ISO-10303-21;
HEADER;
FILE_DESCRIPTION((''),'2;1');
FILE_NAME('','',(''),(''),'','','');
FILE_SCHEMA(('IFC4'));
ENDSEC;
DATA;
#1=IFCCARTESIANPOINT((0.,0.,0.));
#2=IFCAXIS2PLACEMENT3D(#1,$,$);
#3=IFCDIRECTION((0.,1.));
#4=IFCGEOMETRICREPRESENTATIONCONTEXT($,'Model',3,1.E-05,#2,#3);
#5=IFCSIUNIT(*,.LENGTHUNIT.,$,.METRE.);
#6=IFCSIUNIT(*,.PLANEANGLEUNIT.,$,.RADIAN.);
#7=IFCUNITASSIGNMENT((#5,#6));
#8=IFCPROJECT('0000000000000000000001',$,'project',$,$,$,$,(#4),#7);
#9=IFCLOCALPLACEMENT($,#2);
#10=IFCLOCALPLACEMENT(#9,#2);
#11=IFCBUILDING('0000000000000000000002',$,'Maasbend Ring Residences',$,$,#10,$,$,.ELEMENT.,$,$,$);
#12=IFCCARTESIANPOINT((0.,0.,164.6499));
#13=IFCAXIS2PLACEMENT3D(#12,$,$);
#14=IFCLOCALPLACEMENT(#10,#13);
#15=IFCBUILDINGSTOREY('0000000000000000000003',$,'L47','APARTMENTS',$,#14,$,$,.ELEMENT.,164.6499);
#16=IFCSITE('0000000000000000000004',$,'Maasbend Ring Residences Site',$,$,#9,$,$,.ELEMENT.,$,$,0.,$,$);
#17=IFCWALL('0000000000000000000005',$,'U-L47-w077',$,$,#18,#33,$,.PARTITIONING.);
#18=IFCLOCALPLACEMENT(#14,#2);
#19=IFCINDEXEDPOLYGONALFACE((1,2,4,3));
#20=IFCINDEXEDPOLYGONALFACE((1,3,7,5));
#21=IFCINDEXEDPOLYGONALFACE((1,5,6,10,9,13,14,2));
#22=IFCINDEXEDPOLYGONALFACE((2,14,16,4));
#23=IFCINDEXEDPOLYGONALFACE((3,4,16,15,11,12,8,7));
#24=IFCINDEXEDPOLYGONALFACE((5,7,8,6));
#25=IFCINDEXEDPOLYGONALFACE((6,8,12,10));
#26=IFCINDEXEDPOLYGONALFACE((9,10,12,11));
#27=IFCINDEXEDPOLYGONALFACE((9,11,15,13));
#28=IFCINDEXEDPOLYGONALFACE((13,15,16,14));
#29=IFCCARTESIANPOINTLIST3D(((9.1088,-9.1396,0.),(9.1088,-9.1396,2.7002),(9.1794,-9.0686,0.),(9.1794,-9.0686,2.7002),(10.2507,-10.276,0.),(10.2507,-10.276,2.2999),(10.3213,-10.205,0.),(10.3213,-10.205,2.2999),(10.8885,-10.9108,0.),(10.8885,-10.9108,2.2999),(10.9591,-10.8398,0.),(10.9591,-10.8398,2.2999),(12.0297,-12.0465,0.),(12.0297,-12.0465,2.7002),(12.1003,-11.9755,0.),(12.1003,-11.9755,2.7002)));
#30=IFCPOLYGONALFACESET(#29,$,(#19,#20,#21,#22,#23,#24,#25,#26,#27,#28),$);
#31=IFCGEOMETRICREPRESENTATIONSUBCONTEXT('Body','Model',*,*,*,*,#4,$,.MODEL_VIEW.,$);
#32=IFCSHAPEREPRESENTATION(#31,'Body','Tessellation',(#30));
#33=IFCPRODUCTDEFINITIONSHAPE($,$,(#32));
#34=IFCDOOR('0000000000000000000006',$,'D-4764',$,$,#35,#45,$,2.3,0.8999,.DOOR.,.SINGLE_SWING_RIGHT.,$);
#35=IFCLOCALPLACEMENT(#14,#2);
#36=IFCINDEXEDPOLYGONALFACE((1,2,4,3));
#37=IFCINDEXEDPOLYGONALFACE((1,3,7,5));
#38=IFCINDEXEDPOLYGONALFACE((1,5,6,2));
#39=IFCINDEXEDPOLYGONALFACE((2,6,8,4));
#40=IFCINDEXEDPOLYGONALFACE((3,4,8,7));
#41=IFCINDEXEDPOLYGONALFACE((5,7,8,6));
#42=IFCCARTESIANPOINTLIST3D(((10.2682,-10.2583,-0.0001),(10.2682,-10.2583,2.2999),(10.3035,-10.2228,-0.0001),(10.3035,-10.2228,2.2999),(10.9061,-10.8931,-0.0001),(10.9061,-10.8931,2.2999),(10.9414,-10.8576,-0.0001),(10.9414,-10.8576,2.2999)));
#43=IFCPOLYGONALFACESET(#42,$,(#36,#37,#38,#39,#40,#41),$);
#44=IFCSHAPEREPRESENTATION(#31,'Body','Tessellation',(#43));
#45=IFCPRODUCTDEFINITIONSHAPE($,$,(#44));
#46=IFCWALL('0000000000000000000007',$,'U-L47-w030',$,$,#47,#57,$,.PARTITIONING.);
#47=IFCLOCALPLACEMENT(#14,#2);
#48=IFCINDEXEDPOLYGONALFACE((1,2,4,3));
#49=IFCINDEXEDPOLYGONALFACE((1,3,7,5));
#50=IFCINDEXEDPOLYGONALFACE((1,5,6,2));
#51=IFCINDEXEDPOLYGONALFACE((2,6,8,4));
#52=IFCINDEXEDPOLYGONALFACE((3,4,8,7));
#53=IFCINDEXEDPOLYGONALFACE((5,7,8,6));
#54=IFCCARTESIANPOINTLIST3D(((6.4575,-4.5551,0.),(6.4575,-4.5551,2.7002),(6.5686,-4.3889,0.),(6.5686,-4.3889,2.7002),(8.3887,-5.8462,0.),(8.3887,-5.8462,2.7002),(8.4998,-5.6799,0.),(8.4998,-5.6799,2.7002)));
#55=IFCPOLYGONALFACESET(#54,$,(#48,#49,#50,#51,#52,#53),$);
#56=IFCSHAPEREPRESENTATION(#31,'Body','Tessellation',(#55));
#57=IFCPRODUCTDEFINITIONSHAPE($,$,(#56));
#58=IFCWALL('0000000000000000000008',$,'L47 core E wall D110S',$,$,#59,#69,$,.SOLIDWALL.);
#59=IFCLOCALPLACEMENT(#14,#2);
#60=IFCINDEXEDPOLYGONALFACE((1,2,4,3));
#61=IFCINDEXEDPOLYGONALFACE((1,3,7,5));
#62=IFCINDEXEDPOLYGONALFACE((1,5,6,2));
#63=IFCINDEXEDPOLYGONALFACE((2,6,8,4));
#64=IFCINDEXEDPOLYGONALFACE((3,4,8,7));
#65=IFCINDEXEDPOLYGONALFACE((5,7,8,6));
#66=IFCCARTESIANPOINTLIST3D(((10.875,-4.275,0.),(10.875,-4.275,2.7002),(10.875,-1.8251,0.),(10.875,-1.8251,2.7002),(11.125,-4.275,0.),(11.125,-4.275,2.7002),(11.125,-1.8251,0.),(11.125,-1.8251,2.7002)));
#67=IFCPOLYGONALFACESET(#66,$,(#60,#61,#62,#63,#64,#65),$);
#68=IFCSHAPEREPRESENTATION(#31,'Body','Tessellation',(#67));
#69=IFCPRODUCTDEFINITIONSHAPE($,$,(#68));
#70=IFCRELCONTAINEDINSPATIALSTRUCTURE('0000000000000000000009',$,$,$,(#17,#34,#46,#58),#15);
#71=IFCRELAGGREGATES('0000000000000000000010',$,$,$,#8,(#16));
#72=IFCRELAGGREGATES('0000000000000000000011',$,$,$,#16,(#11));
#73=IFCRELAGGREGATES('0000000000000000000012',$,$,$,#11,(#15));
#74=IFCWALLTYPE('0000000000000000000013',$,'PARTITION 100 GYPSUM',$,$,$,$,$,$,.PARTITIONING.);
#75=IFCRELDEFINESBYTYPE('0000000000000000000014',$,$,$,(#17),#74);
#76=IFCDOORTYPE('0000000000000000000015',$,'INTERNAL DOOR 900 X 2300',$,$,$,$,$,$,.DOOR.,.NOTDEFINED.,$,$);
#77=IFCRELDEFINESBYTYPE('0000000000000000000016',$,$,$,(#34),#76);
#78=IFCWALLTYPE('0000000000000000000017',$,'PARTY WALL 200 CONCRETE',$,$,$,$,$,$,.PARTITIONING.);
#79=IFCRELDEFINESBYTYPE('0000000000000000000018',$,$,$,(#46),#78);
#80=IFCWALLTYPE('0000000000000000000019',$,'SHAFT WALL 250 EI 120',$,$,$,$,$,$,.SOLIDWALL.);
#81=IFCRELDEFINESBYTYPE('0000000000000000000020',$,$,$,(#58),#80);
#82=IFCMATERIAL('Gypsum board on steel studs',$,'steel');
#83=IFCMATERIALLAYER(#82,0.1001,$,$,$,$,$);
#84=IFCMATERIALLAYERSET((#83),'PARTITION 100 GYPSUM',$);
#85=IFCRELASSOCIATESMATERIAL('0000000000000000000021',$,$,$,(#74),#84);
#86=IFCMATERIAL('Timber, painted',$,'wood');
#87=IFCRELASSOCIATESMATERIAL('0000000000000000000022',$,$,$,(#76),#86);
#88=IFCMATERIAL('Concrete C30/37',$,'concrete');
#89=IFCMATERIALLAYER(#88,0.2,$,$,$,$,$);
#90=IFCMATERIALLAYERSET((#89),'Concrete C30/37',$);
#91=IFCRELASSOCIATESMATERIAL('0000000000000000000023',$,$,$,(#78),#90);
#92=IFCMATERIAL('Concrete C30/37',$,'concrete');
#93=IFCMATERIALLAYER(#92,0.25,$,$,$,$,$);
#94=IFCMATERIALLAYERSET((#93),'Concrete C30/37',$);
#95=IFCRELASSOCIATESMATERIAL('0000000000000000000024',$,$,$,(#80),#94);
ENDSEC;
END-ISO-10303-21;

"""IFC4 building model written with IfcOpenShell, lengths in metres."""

from ifc_helpers import new_model, si_unit, direction, frame, frame_2d, origin, place, context, subcontext, project, spatial, rectangle, extrude, material, layer, layer_set, type_object, element, fill, save


model = new_model("IFC4")

# Units and contexts
model_context = context("Model", 3, precision=1e-05, world=origin(), true_north=direction((0.0, 1.0)))
body_context = subcontext(model_context, "Body", "Model", "MODEL_VIEW")
ifc_project = project(units=[si_unit("LENGTHUNIT", "METRE"), si_unit("PLANEANGLEUNIT", "RADIAN")], contexts=[model_context])

# Site, building, storey
site_placement = place(None, origin())
site = spatial("IfcSite", under=ifc_project, at=site_placement, Name="Maasbend Ring Residences Site", CompositionType="ELEMENT", RefElevation=0.0)
building_placement = place(site_placement, origin())
building = spatial("IfcBuilding", under=site, at=building_placement, Name="Maasbend Ring Residences", CompositionType="ELEMENT")
storey_placement = place(building_placement, frame((0.0, 0.0, 164.6499)))
storey = spatial("IfcBuildingStorey", under=building, at=storey_placement, Name="L47", Description="APARTMENTS", CompositionType="ELEMENT", Elevation=164.6499)

# Shared definitions
ifc_material_1 = material(Name="Gypsum board on steel studs", Category="steel")
ifc_layer_1 = layer(ifc_material_1, 0.1001)
ifc_layer_set_1 = layer_set([ifc_layer_1], Name="PARTITION 100 GYPSUM")
wall_type_1 = type_object("IfcWallType", Name="PARTITION 100 GYPSUM", PredefinedType="PARTITIONING", material=ifc_layer_set_1)

# Wall, opening, door
ifc_material_2 = material(Name="Timber, painted", Category="wood")
door_type_1 = type_object("IfcDoorType", Name="INTERNAL DOOR 900 X 2300", OperationType="NOTDEFINED", PredefinedType="DOOR", material=ifc_material_2)
wall_1_placement = place(storey_placement, frame((9.144, -9.104, 0.0), z_axis=(0.0, 0.0, 1.0), x_axis=(0.708793, -0.705416, 0.0)))
wall_1 = element("IfcWall", 1, at=wall_1_placement, inside=storey, type_object=wall_type_1, Name="U-L47-w077", PredefinedType="PARTITIONING", context=body_context, shape_type="SweptSolid", body=[
    extrude(rectangle(XDim=4.1208, YDim=0.1001, at=frame_2d((2.0605, 0.0))), origin(), (0.0, 0.0, 1.0), 2.7002),
])
opening_1_placement = place(wall_1_placement, frame((1.6111, 0.0, 0.0)))
opening_1 = element("IfcOpeningElement", 2, at=opening_1_placement, cuts=wall_1, PredefinedType="OPENING", context=body_context, shape_type="SweptSolid", body=[
    extrude(rectangle(XDim=0.8999, YDim=2.3, at=frame_2d((0.45, 1.1499))), frame((0.0, 0.0601, 0.0), z_axis=(0.0, -1.0, 0.0), x_axis=(1.0, 0.0, 0.0)), (0.0, 0.0, 1.0), 0.1201),
])
door_1_placement = place(opening_1_placement, origin())
door_1 = element("IfcDoor", 3, at=door_1_placement, inside=storey, type_object=door_type_1, Name="D-4764", OperationType="SINGLE_SWING_RIGHT", OverallHeight=2.3, OverallWidth=0.8999, PredefinedType="DOOR", context=body_context, shape_type="SweptSolid", body=[
    extrude(rectangle(XDim=0.8999, YDim=2.3, at=frame_2d((0.45, 1.1499))), frame((0.0, 0.0249, 0.0), z_axis=(0.0, -1.0, 0.0), x_axis=(1.0, 0.0, 0.0)), (0.0, 0.0, 1.0), 0.05),
])
fill(opening_1, door_1)

# Walls
ifc_material_3 = material(Name="Concrete C30/37", Category="concrete")
ifc_layer_2 = layer(ifc_material_3, 0.2)
ifc_layer_set_2 = layer_set([ifc_layer_2], Name="Concrete C30/37")
wall_type_2 = type_object("IfcWallType", Name="PARTY WALL 200 CONCRETE", PredefinedType="PARTITIONING", material=ifc_layer_set_2)
wall_2_placement = place(storey_placement, frame((6.5129, -4.4719, 0.0), z_axis=(0.0, 0.0, 1.0), x_axis=(0.831338, -0.555767, 0.0)))
element("IfcWall", 4, at=wall_2_placement, inside=storey, type_object=wall_type_2, Name="U-L47-w030", PredefinedType="PARTITIONING", context=body_context, shape_type="SweptSolid", body=[
    extrude(rectangle(XDim=2.323, YDim=0.2, at=frame_2d((1.1616, 0.0))), origin(), (0.0, 0.0, 1.0), 2.7002),
])
ifc_material_4 = material(Name="Concrete C30/37", Category="concrete")
ifc_layer_3 = layer(ifc_material_4, 0.25)
ifc_layer_set_3 = layer_set([ifc_layer_3], Name="Concrete C30/37")
wall_type_3 = type_object("IfcWallType", Name="SHAFT WALL 250 EI 120", PredefinedType="SOLIDWALL", material=ifc_layer_set_3)
wall_3_placement = place(storey_placement, frame((11.0, -1.825, 0.0), z_axis=(0.0, 0.0, 1.0), x_axis=(0.0, -1.0, 0.0)))
element("IfcWall", 5, at=wall_3_placement, inside=storey, type_object=wall_type_3, Name="L47 core E wall D110S", PredefinedType="SOLIDWALL", context=body_context, shape_type="SweptSolid", body=[
    extrude(rectangle(XDim=2.45, YDim=0.25, at=frame_2d((1.2251, 0.0))), origin(), (0.0, 0.0, 1.0), 2.7002),
])

save(model, "model.ifc")
